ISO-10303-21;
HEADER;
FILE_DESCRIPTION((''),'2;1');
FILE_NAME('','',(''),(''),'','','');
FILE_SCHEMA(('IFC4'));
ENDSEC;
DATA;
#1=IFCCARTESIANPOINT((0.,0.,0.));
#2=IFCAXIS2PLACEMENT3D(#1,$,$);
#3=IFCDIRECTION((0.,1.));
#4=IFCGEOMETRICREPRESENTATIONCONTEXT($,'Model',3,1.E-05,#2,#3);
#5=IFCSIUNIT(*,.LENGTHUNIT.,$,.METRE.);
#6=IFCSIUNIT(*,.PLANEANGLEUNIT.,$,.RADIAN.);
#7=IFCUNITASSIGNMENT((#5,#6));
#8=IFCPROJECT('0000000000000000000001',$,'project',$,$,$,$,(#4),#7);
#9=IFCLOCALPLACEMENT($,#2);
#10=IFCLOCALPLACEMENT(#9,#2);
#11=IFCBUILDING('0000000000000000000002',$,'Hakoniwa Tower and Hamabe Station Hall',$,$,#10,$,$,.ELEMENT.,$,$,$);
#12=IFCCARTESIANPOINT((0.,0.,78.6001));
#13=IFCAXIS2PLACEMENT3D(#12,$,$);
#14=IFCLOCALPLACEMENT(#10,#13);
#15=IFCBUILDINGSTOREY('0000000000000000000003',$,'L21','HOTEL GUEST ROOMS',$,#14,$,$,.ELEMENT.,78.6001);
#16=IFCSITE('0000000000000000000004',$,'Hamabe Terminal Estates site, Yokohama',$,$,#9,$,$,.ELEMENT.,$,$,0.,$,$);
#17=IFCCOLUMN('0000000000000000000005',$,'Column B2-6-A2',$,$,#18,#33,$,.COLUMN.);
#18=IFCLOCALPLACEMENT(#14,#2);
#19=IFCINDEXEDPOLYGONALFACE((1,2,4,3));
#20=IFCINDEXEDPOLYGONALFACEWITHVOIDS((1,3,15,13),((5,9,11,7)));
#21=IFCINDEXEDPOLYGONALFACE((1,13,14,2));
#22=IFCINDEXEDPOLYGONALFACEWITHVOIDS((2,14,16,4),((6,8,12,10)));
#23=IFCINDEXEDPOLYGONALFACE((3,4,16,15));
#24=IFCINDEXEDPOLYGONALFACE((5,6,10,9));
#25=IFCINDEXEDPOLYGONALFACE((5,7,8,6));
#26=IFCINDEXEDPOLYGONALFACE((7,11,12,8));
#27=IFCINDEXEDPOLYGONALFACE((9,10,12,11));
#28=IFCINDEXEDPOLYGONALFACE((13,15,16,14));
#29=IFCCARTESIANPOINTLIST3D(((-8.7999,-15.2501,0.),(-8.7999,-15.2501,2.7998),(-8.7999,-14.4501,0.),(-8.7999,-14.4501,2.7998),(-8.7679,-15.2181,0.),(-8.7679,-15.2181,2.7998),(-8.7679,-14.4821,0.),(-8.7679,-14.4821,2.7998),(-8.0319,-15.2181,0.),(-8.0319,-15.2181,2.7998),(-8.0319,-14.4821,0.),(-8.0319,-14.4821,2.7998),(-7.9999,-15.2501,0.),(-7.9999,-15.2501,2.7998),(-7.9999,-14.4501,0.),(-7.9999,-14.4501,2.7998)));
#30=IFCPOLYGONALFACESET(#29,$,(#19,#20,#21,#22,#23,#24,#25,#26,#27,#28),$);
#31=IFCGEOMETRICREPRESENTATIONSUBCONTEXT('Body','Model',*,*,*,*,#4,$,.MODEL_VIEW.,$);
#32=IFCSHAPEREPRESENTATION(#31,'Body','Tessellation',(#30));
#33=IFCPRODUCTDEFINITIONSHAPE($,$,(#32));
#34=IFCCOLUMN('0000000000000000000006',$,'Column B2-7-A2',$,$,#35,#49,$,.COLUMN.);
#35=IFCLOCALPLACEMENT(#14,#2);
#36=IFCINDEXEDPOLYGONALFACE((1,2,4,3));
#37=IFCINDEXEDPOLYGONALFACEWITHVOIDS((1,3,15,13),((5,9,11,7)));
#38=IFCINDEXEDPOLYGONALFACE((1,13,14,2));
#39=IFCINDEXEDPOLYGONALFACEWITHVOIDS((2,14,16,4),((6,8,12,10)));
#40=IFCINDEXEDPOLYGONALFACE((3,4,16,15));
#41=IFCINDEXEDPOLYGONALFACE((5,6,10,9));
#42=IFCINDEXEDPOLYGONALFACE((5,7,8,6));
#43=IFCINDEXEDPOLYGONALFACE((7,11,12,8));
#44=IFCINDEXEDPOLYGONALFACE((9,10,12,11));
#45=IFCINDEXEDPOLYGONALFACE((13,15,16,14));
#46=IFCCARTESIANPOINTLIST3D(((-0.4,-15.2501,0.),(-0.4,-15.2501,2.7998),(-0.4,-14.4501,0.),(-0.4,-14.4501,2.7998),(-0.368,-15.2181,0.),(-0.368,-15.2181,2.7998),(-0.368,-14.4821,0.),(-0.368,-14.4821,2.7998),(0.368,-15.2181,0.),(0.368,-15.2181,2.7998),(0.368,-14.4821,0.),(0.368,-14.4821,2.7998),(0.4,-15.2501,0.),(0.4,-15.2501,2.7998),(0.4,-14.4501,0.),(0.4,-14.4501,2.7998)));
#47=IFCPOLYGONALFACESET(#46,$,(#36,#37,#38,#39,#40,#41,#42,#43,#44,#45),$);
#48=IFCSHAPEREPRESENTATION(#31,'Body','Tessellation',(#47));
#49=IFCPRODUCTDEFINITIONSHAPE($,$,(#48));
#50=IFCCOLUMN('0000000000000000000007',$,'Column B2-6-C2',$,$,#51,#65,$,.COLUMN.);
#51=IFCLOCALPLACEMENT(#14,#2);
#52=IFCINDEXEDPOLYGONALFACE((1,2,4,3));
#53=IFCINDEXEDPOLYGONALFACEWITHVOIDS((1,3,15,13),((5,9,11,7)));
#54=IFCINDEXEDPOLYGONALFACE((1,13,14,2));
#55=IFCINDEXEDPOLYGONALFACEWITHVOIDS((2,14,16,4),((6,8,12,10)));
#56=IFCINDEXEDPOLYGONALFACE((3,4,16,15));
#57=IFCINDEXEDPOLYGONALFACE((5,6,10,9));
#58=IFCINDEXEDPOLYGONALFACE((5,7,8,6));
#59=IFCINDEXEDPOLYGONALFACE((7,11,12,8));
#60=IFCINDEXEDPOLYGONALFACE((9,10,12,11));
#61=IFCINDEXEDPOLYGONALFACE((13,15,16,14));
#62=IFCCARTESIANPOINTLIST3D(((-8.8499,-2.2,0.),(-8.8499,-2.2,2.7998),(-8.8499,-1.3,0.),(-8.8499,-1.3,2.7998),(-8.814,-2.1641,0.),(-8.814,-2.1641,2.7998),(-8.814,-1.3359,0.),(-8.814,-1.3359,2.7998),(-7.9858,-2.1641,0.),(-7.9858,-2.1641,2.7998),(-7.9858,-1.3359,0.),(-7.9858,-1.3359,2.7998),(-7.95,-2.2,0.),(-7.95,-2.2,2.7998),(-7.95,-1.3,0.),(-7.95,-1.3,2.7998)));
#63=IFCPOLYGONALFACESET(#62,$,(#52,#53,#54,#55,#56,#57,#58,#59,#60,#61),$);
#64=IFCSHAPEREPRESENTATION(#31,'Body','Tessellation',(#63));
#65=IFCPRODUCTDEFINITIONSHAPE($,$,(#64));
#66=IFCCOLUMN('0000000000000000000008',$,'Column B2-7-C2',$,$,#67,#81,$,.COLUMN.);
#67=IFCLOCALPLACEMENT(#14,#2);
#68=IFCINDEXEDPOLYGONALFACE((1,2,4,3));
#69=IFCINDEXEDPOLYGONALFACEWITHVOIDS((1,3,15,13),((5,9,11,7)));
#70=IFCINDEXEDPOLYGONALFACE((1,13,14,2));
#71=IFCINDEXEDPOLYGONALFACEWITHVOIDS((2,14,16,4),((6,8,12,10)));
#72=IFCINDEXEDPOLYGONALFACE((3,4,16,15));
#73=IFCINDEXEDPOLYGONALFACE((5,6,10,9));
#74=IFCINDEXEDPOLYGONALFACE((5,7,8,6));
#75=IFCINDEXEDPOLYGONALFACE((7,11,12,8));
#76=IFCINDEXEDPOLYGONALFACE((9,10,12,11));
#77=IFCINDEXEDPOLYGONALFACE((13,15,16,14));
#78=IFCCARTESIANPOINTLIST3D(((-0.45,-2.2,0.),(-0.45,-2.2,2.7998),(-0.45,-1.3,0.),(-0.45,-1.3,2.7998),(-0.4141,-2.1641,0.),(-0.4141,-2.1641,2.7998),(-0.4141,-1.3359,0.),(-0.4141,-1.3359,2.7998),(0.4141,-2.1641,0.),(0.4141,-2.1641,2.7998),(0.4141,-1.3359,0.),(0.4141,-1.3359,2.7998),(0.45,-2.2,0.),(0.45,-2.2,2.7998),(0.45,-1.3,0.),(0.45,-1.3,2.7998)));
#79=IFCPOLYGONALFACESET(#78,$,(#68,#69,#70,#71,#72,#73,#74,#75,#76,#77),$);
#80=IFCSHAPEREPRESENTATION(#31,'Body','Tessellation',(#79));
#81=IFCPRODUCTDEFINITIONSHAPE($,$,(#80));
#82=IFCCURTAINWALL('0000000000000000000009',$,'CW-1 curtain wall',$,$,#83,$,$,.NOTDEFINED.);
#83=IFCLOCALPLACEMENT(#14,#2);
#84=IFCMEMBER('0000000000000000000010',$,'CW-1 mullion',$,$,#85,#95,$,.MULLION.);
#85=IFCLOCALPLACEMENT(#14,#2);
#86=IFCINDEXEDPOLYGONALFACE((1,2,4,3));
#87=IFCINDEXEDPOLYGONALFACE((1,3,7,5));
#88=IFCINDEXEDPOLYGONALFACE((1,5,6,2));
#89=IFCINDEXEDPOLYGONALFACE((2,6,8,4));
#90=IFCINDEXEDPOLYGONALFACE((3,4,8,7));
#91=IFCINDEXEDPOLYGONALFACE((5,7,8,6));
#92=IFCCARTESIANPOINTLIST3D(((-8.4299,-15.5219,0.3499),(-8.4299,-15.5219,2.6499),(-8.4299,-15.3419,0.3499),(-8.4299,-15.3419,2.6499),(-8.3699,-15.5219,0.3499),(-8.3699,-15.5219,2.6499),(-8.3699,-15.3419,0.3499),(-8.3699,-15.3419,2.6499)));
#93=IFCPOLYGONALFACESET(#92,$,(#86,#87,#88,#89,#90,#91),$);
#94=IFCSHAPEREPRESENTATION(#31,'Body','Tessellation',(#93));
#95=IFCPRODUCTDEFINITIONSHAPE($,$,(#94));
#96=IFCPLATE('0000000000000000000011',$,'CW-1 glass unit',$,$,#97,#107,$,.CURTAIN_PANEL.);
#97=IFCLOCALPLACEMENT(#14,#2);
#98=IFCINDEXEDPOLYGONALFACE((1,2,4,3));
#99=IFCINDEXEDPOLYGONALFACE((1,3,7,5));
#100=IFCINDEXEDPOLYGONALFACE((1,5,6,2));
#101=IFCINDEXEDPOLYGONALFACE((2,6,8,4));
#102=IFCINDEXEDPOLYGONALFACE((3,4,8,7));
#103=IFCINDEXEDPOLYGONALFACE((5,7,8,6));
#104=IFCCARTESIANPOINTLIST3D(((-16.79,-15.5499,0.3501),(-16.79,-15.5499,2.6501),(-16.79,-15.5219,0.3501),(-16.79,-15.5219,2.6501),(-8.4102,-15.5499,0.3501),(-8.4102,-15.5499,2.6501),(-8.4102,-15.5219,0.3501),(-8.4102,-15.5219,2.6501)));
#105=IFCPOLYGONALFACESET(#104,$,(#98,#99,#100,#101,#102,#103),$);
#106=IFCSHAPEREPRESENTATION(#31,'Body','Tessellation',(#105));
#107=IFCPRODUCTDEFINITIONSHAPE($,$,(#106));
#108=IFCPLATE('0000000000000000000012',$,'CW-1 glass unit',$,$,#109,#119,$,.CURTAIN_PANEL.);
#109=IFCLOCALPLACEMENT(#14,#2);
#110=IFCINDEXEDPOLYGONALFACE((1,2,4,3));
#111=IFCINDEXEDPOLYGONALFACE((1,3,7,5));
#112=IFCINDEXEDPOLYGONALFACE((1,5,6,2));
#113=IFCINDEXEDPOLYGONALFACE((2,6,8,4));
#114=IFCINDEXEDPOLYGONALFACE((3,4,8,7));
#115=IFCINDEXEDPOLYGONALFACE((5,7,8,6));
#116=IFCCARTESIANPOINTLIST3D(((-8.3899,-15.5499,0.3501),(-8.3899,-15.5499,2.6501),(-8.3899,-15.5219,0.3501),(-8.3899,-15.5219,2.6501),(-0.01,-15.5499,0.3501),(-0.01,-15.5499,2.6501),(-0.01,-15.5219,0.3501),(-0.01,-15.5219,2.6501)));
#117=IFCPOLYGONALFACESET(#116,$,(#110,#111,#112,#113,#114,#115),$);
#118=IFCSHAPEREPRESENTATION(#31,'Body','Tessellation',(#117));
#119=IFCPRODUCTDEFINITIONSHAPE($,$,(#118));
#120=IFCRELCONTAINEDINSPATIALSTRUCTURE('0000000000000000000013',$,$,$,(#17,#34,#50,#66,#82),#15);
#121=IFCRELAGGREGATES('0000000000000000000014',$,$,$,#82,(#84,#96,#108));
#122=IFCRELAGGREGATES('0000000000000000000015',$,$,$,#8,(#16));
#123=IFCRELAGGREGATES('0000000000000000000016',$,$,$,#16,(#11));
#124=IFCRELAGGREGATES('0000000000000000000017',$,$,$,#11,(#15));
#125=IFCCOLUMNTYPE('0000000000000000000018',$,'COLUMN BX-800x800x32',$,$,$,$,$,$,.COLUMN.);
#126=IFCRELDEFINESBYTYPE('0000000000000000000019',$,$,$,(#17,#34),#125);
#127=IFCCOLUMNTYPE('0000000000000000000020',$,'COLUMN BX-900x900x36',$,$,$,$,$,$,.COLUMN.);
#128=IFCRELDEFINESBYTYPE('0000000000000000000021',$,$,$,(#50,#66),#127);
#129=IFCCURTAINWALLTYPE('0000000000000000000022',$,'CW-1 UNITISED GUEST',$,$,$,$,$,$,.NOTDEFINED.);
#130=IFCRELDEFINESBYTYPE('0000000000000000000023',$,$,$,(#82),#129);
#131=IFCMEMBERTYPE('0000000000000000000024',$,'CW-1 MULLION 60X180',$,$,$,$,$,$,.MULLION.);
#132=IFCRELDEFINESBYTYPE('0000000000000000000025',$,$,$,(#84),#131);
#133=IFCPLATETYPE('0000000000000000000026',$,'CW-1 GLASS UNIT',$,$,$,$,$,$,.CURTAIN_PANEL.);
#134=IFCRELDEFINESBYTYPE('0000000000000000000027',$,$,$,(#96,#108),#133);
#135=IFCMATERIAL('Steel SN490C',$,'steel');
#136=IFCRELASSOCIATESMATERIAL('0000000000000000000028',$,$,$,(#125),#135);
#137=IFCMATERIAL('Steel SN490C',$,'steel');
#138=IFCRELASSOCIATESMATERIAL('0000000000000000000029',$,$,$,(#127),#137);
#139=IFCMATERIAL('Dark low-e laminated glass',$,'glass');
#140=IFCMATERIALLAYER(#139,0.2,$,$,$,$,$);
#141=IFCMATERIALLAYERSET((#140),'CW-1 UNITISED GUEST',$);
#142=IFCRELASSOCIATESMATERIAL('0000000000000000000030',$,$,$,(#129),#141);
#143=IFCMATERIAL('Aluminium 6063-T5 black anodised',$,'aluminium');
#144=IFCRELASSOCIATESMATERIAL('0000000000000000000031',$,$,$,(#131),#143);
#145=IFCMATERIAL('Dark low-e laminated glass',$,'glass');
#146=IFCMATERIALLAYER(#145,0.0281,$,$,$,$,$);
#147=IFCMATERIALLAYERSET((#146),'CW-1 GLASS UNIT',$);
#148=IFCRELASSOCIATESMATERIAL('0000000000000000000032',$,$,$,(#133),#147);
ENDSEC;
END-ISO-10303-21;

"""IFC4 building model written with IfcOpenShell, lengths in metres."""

from ifc_helpers import new_model, si_unit, direction, frame, origin, origin_2d, place, context, subcontext, project, spatial, rectangle, hollow_rectangle, extrude, material, layer, layer_set, material_profile, profile_set, type_object, element, aggregate, save


model = new_model("IFC4")

# Units and contexts
model_context = context("Model", 3, precision=1e-05, world=origin(), true_north=direction((0.0, 1.0)))
body_context = subcontext(model_context, "Body", "Model", "MODEL_VIEW")
ifc_project = project(units=[si_unit("LENGTHUNIT", "METRE"), si_unit("PLANEANGLEUNIT", "RADIAN")], contexts=[model_context])

# Site, building, storey
site_placement = place(None, origin())
site = spatial("IfcSite", under=ifc_project, at=site_placement, Name="Hamabe Terminal Estates site, Yokohama", CompositionType="ELEMENT", RefElevation=0.0)
building_placement = place(site_placement, origin())
building = spatial("IfcBuilding", under=site, at=building_placement, Name="Hakoniwa Tower and Hamabe Station Hall", CompositionType="ELEMENT")
storey_placement = place(building_placement, frame((0.0, 0.0, 78.6001)))
storey = spatial("IfcBuildingStorey", under=building, at=storey_placement, Name="L21", Description="HOTEL GUEST ROOMS", CompositionType="ELEMENT", Elevation=78.6001)

# Columns
ifc_material_1 = material(Name="Steel SN490C", Category="steel")
ifc_material_profile_1 = material_profile(ifc_material_1, hollow_rectangle(XDim=0.8, YDim=0.8, WallThickness=0.032, at=origin_2d()), Name="BX-800x800x32")
ifc_profile_set_1 = profile_set([ifc_material_profile_1], Name="Steel SN490C")
column_type_1 = type_object("IfcColumnType", Name="COLUMN BX-800x800x32", PredefinedType="COLUMN", material=ifc_profile_set_1)
for number, where, z_axis, x_axis, name in (
    (1, (-8.3999, -14.8501, 0.0), (0.0, 0.0, 1.0), (1.0, 0.0, 0.0), "Column B2-6-A2"),
    (2, (0.0, -14.8501, 0.0), (0.0, 0.0, 1.0), (1.0, 0.0, 0.0), "Column B2-7-A2"),
):
    element("IfcColumn", number, at=place(storey_placement, frame(where, z_axis=z_axis, x_axis=x_axis)), inside=storey, type_object=column_type_1, Name=name, PredefinedType="COLUMN", context=body_context, shape_type="SweptSolid", body=[
        extrude(hollow_rectangle(XDim=0.8, YDim=0.8, WallThickness=0.032, at=origin_2d()), origin(), (0.0, 0.0, 1.0), 2.7998),
    ])
ifc_material_2 = material(Name="Steel SN490C", Category="steel")
ifc_material_profile_2 = material_profile(ifc_material_2, hollow_rectangle(XDim=0.8999, YDim=0.8999, WallThickness=0.0359, at=origin_2d()), Name="BX-900x900x36")
ifc_profile_set_2 = profile_set([ifc_material_profile_2], Name="Steel SN490C")
column_type_2 = type_object("IfcColumnType", Name="COLUMN BX-900x900x36", PredefinedType="COLUMN", material=ifc_profile_set_2)
for number, where, z_axis, x_axis, name in (
    (3, (-8.3999, -1.75, 0.0), (0.0, 0.0, 1.0), (1.0, 0.0, 0.0), "Column B2-6-C2"),
    (4, (0.0, -1.75, 0.0), (0.0, 0.0, 1.0), (1.0, 0.0, 0.0), "Column B2-7-C2"),
):
    element("IfcColumn", number, at=place(storey_placement, frame(where, z_axis=z_axis, x_axis=x_axis)), inside=storey, type_object=column_type_2, Name=name, PredefinedType="COLUMN", context=body_context, shape_type="SweptSolid", body=[
        extrude(hollow_rectangle(XDim=0.8999, YDim=0.8999, WallThickness=0.0359, at=origin_2d()), origin(), (0.0, 0.0, 1.0), 2.7998),
    ])

# Curtain wall, member, plates
ifc_material_3 = material(Name="Dark low-e laminated glass", Category="glass")
ifc_layer_1 = layer(ifc_material_3, 0.2)
ifc_layer_set_1 = layer_set([ifc_layer_1], Name="CW-1 UNITISED GUEST")
curtain_wall_type = type_object("IfcCurtainWallType", Name="CW-1 UNITISED GUEST", PredefinedType="NOTDEFINED", material=ifc_layer_set_1)
curtain_wall_placement = place(storey_placement, origin())
curtain_wall = element("IfcCurtainWall", 5, at=curtain_wall_placement, inside=storey, type_object=curtain_wall_type, Name="CW-1 curtain wall", PredefinedType="NOTDEFINED")
ifc_material_4 = material(Name="Aluminium 6063-T5 black anodised", Category="aluminium")
ifc_material_profile_3 = material_profile(ifc_material_4, rectangle(XDim=0.0601, YDim=0.1799, at=origin_2d()), Name="CW-1 MULLION 60X180")
ifc_profile_set_3 = profile_set([ifc_material_profile_3], Name="Aluminium 6063-T5 black anodised")
member_type = type_object("IfcMemberType", Name="CW-1 MULLION 60X180", PredefinedType="MULLION", material=ifc_profile_set_3)
member_placement = place(storey_placement, frame((-8.3999, -15.4319, 0.3499), z_axis=(0.0, 0.0, 1.0), x_axis=(1.0, 0.0, 0.0)))
member = element("IfcMember", 6, at=member_placement, type_object=member_type, Name="CW-1 mullion", PredefinedType="MULLION", context=body_context, shape_type="SweptSolid", body=[
    extrude(rectangle(XDim=0.0601, YDim=0.1799, at=origin_2d()), origin(), (0.0, 0.0, 1.0), 2.3),
])
ifc_material_5 = material(Name="Dark low-e laminated glass", Category="glass")
ifc_layer_2 = layer(ifc_material_5, 0.0281)
ifc_layer_set_2 = layer_set([ifc_layer_2], Name="CW-1 GLASS UNIT")
plate_type = type_object("IfcPlateType", Name="CW-1 GLASS UNIT", PredefinedType="CURTAIN_PANEL", material=ifc_layer_set_2)
plate_1_placement = place(storey_placement, frame((-12.6001, -15.5359, 0.3501), z_axis=(0.0, 0.0, 1.0), x_axis=(1.0, 0.0, 0.0)))
plate_1 = element("IfcPlate", 7, at=plate_1_placement, type_object=plate_type, Name="CW-1 glass unit", PredefinedType="CURTAIN_PANEL", context=body_context, shape_type="SweptSolid", body=[
    extrude(rectangle(XDim=8.3799, YDim=0.0281, at=origin_2d()), origin(), (0.0, 0.0, 1.0), 2.3),
])
plate_2_placement = place(storey_placement, frame((-4.2, -15.5359, 0.3501), z_axis=(0.0, 0.0, 1.0), x_axis=(1.0, 0.0, 0.0)))
plate_2 = element("IfcPlate", 8, at=plate_2_placement, type_object=plate_type, Name="CW-1 glass unit", PredefinedType="CURTAIN_PANEL", context=body_context, shape_type="SweptSolid", body=[
    extrude(rectangle(XDim=8.3799, YDim=0.0281, at=origin_2d()), origin(), (0.0, 0.0, 1.0), 2.3),
])
aggregate(curtain_wall, [member, plate_1, plate_2])

save(model, "model.ifc")
